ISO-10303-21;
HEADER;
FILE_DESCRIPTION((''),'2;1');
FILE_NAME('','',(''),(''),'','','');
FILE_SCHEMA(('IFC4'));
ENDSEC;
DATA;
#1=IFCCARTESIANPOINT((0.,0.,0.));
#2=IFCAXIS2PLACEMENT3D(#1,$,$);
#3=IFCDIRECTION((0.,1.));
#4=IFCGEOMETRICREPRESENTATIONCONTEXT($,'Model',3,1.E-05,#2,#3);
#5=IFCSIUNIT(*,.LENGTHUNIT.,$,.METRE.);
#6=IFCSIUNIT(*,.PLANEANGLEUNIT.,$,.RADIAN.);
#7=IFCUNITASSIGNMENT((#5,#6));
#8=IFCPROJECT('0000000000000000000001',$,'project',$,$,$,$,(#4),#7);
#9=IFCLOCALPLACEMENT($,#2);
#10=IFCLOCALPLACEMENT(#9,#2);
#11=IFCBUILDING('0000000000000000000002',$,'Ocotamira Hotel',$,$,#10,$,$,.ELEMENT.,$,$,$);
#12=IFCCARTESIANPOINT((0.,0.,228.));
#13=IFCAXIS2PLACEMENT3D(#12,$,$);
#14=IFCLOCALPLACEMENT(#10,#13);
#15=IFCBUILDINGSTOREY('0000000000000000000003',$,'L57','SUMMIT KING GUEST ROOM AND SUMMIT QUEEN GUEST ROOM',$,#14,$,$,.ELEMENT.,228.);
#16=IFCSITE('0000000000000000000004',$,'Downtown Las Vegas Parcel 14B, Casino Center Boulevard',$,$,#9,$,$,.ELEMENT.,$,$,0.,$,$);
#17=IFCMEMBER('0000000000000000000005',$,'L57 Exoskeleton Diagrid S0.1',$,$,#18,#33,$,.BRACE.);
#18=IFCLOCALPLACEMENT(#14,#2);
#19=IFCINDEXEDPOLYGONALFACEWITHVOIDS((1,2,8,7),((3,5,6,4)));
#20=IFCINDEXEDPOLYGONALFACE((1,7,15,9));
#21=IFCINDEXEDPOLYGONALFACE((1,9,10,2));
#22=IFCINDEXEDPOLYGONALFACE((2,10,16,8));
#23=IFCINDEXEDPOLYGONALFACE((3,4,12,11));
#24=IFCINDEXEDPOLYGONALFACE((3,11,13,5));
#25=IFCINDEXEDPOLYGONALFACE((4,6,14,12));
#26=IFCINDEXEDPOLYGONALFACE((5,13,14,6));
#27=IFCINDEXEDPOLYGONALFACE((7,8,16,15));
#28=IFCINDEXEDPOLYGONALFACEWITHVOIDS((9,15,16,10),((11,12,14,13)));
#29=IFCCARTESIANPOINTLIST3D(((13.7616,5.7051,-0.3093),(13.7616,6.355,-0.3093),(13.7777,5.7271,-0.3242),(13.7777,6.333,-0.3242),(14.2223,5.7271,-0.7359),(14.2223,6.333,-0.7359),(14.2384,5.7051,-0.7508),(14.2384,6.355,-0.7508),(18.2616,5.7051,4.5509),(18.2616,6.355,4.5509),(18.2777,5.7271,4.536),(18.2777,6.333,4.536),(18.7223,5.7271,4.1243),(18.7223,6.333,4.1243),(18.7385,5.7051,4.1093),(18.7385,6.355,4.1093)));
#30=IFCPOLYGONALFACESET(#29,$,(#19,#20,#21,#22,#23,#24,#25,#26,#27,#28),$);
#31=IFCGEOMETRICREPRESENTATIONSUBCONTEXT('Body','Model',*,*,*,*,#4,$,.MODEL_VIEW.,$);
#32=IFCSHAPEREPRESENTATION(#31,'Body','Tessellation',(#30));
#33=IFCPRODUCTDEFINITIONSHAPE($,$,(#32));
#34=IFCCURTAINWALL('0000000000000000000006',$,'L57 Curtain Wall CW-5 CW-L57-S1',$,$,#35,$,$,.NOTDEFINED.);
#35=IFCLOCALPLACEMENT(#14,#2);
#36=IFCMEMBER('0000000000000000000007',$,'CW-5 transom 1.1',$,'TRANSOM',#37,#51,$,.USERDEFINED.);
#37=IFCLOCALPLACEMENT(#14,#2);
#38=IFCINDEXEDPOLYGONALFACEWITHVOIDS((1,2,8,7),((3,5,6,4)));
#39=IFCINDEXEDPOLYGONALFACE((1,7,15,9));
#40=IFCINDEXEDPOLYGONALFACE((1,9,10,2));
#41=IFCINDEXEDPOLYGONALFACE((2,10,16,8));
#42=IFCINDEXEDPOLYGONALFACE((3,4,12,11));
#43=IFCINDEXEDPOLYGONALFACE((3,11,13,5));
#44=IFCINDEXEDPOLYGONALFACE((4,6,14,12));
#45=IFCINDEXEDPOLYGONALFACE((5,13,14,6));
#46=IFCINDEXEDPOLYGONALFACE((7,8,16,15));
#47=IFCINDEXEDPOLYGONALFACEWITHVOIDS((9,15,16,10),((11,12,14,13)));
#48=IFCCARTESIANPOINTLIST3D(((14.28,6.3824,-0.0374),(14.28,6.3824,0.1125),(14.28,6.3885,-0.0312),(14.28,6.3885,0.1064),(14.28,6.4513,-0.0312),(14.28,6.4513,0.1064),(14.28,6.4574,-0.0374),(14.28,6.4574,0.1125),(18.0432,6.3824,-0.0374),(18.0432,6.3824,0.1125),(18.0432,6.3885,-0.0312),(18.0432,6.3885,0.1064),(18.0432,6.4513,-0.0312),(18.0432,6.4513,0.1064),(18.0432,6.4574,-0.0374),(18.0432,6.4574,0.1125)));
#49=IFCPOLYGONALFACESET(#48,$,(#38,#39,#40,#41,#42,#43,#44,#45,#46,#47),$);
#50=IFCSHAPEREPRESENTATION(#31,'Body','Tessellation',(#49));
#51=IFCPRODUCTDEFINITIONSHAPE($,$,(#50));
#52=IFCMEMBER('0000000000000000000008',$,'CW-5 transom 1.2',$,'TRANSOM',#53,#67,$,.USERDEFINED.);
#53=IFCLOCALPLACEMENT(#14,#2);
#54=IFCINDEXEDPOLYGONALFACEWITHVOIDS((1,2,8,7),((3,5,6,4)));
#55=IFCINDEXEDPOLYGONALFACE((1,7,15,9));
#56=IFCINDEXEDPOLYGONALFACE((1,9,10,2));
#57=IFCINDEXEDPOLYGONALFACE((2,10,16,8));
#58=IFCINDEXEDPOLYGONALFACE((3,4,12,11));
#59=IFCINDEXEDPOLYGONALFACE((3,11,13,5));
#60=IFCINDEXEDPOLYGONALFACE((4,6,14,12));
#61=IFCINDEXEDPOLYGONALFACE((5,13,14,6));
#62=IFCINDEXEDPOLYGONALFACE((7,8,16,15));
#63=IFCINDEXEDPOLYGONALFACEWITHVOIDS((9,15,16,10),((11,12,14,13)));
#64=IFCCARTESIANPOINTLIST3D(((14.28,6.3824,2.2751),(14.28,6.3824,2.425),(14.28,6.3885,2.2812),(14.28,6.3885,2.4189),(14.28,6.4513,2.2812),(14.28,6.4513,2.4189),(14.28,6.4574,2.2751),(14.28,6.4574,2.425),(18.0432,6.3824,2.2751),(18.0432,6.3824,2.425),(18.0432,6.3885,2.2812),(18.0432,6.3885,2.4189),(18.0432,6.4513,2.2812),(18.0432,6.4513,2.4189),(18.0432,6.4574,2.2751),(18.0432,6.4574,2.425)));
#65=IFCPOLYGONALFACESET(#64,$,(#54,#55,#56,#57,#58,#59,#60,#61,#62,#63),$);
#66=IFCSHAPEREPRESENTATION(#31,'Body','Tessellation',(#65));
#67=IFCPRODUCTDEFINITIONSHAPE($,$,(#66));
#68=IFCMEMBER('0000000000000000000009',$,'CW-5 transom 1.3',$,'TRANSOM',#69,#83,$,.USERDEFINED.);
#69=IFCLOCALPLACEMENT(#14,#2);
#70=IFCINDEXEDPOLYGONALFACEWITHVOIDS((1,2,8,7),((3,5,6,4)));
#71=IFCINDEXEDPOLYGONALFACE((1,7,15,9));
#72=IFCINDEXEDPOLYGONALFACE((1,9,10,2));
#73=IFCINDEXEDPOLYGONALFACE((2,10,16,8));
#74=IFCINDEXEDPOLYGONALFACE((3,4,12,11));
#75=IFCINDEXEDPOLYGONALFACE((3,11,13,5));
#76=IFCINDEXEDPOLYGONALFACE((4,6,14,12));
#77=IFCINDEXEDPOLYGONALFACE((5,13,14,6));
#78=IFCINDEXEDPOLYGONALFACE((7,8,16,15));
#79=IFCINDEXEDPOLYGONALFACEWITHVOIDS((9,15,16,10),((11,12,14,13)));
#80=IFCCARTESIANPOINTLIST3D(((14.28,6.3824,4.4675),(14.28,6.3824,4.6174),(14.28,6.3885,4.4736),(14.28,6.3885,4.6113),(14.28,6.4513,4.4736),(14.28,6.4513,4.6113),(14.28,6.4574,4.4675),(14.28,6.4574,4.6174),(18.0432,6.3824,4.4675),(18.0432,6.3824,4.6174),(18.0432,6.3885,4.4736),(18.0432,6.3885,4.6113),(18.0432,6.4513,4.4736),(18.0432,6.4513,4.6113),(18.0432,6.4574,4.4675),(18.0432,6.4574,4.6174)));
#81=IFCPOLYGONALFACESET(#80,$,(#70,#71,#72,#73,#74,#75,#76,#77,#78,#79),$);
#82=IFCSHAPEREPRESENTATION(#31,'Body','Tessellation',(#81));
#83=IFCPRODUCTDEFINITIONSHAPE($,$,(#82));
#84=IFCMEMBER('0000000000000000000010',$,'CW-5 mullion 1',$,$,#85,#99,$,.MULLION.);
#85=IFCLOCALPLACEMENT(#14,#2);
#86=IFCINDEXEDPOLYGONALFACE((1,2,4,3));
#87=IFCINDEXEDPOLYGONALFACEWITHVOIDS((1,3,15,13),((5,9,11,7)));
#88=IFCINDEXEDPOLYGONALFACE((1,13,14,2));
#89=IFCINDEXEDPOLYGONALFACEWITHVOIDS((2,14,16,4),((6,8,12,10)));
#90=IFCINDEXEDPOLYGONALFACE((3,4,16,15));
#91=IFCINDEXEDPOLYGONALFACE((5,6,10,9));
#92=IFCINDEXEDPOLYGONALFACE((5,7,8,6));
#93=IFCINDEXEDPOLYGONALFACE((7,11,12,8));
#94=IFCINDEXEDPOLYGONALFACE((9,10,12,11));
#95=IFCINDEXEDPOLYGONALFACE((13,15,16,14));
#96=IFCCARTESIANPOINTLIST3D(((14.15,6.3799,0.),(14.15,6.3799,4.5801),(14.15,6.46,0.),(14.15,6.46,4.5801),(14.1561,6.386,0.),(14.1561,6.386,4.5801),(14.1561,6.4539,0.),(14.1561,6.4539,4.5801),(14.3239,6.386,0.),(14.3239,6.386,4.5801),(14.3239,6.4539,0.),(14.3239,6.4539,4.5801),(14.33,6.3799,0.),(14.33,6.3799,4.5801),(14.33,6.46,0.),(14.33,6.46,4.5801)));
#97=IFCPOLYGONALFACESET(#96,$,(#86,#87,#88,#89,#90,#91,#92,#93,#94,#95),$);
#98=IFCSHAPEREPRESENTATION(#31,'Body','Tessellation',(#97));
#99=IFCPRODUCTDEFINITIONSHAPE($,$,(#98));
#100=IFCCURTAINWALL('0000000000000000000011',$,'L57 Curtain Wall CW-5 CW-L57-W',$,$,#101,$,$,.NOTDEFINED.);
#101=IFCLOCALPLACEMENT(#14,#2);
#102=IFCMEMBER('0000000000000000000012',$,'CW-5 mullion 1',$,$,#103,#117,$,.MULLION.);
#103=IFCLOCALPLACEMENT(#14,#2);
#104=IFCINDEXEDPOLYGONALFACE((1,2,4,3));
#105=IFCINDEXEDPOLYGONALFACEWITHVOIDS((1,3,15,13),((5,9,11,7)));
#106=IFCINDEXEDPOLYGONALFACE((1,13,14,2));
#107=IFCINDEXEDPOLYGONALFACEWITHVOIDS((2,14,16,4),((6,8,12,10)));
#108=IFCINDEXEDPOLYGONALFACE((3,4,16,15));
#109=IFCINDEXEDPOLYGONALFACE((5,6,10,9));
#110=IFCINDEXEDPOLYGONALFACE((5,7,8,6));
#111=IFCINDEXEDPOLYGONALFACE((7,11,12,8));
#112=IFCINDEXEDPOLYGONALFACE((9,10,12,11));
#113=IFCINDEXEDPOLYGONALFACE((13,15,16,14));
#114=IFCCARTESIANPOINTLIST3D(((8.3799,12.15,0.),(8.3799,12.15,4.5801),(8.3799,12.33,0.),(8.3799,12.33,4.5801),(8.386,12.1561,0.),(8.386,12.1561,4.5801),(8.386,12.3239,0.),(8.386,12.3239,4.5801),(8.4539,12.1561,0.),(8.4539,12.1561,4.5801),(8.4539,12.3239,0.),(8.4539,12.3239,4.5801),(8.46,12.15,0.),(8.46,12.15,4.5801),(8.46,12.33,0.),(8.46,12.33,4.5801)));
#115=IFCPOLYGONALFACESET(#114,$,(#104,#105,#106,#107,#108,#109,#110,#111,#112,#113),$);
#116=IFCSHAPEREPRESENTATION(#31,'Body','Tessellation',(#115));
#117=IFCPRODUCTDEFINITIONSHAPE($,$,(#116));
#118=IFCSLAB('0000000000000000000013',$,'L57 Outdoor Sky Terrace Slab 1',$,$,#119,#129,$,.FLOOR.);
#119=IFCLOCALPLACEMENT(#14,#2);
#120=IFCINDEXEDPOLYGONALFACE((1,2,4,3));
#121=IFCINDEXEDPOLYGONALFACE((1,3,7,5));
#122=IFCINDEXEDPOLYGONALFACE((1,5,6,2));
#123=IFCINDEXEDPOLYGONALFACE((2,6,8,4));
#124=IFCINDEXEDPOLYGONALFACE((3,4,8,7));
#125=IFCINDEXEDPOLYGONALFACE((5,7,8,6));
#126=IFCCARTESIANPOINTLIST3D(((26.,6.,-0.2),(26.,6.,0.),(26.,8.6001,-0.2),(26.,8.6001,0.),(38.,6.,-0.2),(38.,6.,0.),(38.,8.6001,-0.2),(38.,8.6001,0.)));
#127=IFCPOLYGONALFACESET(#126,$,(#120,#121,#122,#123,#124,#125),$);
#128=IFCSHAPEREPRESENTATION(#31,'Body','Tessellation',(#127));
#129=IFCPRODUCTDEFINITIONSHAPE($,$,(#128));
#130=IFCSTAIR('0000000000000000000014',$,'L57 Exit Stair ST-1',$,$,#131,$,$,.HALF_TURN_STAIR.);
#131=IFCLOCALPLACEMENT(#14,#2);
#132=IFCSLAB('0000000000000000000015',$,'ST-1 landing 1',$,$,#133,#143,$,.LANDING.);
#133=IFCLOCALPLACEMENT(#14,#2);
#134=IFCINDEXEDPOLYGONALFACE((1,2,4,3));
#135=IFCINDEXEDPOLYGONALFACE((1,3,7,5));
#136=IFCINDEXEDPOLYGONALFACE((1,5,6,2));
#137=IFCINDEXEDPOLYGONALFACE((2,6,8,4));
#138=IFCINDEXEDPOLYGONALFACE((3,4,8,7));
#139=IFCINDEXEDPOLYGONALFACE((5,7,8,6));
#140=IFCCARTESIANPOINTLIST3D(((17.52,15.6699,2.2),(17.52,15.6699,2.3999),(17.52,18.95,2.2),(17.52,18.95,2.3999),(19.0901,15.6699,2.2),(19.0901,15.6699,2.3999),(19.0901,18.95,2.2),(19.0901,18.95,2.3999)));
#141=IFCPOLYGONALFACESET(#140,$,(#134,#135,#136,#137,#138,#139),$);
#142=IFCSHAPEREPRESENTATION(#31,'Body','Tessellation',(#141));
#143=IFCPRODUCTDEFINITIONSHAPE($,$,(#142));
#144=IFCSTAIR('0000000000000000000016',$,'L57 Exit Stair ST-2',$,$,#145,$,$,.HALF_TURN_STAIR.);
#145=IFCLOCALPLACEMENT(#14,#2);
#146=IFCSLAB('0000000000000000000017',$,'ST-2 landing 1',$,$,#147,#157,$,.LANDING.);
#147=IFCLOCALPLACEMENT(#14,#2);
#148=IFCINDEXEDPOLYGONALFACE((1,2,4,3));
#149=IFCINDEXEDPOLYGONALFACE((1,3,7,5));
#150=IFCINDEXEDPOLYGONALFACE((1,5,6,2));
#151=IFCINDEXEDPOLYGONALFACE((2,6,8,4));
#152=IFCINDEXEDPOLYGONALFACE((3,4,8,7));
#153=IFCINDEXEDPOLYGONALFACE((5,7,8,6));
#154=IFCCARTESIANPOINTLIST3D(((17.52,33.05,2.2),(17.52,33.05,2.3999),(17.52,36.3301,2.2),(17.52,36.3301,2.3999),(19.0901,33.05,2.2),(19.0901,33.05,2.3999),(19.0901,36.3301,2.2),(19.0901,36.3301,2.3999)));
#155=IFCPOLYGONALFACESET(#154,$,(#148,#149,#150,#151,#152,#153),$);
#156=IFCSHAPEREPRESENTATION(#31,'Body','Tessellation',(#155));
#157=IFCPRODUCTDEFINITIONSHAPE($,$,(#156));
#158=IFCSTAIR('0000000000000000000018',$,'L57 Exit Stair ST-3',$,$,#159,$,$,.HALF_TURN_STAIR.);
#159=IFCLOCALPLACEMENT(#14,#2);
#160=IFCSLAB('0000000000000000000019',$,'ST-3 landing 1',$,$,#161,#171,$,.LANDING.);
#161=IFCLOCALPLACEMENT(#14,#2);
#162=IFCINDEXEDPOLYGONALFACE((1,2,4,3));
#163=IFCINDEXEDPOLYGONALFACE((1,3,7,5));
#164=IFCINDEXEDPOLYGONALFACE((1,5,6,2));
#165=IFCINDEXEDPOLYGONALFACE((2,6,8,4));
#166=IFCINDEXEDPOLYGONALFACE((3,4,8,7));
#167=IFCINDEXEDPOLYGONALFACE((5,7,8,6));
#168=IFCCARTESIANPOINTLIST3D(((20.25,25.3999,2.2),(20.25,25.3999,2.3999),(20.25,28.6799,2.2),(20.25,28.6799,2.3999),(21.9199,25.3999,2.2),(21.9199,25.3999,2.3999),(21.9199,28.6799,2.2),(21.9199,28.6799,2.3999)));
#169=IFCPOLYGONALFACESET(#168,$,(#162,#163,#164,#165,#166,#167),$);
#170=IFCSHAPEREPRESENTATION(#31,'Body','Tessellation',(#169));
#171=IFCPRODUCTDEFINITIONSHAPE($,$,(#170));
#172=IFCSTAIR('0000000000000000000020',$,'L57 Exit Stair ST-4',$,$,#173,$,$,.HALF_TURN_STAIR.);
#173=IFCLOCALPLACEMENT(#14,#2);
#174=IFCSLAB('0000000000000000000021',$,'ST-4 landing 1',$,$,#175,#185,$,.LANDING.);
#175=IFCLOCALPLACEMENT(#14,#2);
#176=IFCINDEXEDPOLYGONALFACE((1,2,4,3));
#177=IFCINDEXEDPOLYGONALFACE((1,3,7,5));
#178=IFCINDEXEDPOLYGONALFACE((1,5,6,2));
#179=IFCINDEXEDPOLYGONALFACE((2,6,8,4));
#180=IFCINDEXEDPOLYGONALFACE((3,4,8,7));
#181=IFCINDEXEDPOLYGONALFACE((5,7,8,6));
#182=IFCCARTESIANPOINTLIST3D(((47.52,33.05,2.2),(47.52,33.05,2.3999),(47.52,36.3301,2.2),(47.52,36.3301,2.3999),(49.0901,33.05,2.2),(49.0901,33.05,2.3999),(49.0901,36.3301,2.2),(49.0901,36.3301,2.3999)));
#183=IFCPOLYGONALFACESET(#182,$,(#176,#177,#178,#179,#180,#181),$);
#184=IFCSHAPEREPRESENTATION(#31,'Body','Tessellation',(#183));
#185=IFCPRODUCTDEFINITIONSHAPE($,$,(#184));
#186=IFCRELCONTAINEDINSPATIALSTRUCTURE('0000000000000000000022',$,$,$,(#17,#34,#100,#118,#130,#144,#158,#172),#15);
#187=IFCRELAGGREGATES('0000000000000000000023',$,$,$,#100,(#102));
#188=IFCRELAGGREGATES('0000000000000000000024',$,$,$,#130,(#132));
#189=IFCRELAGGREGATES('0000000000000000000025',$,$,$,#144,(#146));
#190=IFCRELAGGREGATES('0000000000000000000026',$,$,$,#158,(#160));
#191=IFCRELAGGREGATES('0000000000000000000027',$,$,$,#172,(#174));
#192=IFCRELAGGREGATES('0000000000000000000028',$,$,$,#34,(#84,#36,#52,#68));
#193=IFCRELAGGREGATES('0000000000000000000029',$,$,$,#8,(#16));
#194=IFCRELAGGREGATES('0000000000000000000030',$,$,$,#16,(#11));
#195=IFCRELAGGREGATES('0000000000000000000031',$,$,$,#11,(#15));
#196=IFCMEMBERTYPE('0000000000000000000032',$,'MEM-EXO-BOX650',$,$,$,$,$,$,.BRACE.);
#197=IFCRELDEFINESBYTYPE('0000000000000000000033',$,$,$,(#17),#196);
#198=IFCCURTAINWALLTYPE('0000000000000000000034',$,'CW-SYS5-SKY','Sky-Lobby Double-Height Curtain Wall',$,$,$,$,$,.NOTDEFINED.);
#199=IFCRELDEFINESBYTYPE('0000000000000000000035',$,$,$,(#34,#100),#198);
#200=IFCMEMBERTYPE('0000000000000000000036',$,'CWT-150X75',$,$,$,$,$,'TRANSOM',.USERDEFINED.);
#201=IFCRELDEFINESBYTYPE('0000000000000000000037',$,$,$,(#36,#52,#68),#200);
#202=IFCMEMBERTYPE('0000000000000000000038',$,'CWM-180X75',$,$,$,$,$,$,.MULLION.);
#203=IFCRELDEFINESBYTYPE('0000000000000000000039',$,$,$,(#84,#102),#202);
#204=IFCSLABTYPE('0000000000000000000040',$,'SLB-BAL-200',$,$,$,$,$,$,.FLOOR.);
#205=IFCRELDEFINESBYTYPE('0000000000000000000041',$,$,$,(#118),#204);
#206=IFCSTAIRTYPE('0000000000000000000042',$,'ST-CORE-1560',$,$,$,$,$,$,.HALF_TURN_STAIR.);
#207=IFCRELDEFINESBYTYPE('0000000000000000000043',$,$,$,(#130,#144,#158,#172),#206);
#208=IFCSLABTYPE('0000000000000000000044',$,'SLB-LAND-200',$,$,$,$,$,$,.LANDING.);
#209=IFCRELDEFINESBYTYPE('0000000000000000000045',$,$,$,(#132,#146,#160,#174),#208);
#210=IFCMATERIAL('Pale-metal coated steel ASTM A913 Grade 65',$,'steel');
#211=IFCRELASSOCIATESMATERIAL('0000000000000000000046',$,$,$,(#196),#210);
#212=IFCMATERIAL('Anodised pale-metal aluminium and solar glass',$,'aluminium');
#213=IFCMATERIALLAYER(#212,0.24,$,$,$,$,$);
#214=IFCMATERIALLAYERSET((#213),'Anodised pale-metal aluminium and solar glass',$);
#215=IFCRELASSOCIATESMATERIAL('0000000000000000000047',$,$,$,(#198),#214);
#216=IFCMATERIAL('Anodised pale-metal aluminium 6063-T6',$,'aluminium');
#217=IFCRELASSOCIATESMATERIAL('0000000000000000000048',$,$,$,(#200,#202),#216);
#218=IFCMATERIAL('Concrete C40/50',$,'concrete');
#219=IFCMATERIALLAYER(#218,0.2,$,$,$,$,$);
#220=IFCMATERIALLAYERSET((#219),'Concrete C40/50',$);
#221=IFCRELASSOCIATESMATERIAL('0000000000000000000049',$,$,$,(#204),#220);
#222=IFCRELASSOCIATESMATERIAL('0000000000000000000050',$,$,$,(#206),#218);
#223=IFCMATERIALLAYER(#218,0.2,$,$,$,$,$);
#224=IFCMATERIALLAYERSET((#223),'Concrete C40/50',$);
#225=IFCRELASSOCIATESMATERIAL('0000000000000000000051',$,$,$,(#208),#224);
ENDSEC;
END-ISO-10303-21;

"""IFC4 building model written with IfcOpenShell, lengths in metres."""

from ifc_helpers import new_model, si_unit, direction, frame, origin, origin_2d, place, context, subcontext, project, spatial, polyline, hollow_rectangle, outline, extrude, source, transform, mapped, material, layer, layer_set, material_profile, profile_set, type_object, element, aggregate, save


model = new_model("IFC4")

# Units and contexts
model_context = context("Model", 3, precision=1e-05, world=origin(), true_north=direction((0.0, 1.0)))
body_context = subcontext(model_context, "Body", "Model", "MODEL_VIEW")
ifc_project = project(units=[si_unit("LENGTHUNIT", "METRE"), si_unit("PLANEANGLEUNIT", "RADIAN")], contexts=[model_context])

# Site, building, storey
site_placement = place(None, origin())
site = spatial("IfcSite", under=ifc_project, at=site_placement, Name="Downtown Las Vegas Parcel 14B, Casino Center Boulevard", CompositionType="ELEMENT", RefElevation=0.0)
building_placement = place(site_placement, origin())
building = spatial("IfcBuilding", under=site, at=building_placement, Name="Ocotamira Hotel", CompositionType="ELEMENT")
storey_placement = place(building_placement, frame((0.0, 0.0, 228.0)))
storey = spatial("IfcBuildingStorey", under=building, at=storey_placement, Name="L57", Description="SUMMIT KING GUEST ROOM AND SUMMIT QUEEN GUEST ROOM", CompositionType="ELEMENT", Elevation=228.0)

# Member
ifc_material_1 = material(Name="Pale-metal coated steel ASTM A913 Grade 65", Category="steel")
ifc_material_profile_1 = material_profile(ifc_material_1, hollow_rectangle(XDim=0.6499, YDim=0.6499, WallThickness=0.022, at=origin_2d()), Name="BOX650X650X22")
ifc_profile_set_1 = profile_set([ifc_material_profile_1], Name="Pale-metal coated steel ASTM A913 Grade 65")
member_type_1 = type_object("IfcMemberType", Name="MEM-EXO-BOX650", PredefinedType="BRACE", material=ifc_profile_set_1)
shared_shape_1 = source(origin(), body_context, "Body", "SweptSolid", [
    extrude(hollow_rectangle(XDim=0.6499, YDim=0.6499, WallThickness=0.022, at=origin_2d()), origin(), (0.0, 0.0, 1.0), 6.6235),
])
member_1_placement = place(storey_placement, frame((14.0, 6.03, -0.53), z_axis=(0.6794, 0.0, 0.733768), x_axis=(0.0, 1.0, 0.0)))
element("IfcMember", 1, at=member_1_placement, inside=storey, type_object=member_type_1, Name="L57 Exoskeleton Diagrid S0.1", PredefinedType="BRACE", context=body_context, shape_type="MappedRepresentation", body=[
    mapped(shared_shape_1, transform((0.0, 0.0, 0.0), scale=1.0)),
])

# Curtain wall, members
ifc_material_2 = material(Name="Anodised pale-metal aluminium and solar glass", Category="aluminium")
ifc_layer_1 = layer(ifc_material_2, 0.24)
ifc_layer_set_1 = layer_set([ifc_layer_1], Name="Anodised pale-metal aluminium and solar glass")
curtain_wall_type = type_object("IfcCurtainWallType", Name="CW-SYS5-SKY", Description="Sky-Lobby Double-Height Curtain Wall", PredefinedType="NOTDEFINED", material=ifc_layer_set_1)
curtain_wall_1_placement = place(storey_placement, origin())
curtain_wall_1 = element("IfcCurtainWall", 2, at=curtain_wall_1_placement, inside=storey, type_object=curtain_wall_type, Name="L57 Curtain Wall CW-5 CW-L57-S1", PredefinedType="NOTDEFINED")
ifc_material_3 = material(Name="Anodised pale-metal aluminium 6063-T6", Category="aluminium")
ifc_material_profile_2 = material_profile(ifc_material_3, hollow_rectangle(XDim=0.075, YDim=0.1499, WallThickness=0.0061, at=origin_2d()), Name="HSS150X75X6")
ifc_profile_set_2 = profile_set([ifc_material_profile_2], Name="Anodised pale-metal aluminium 6063-T6")
member_type_2 = type_object("IfcMemberType", Name="CWT-150X75", ElementType="TRANSOM", PredefinedType="USERDEFINED", material=ifc_profile_set_2)
shared_shape_2 = source(origin(), body_context, "Body", "SweptSolid", [
    extrude(hollow_rectangle(XDim=0.075, YDim=0.1499, WallThickness=0.0061, at=origin_2d()), origin(), (0.0, 0.0, 1.0), 3.7632),
])
member_2_placement = place(storey_placement, frame((14.28, 6.4199, 0.0376), z_axis=(1.0, 0.0, 0.0), x_axis=(0.0, 1.0, 0.0)))
member_2 = element("IfcMember", 3, at=member_2_placement, type_object=member_type_2, Name="CW-5 transom 1.1", ObjectType="TRANSOM", PredefinedType="USERDEFINED", context=body_context, shape_type="MappedRepresentation", body=[
    mapped(shared_shape_2, transform((0.0, 0.0, 0.0), scale=1.0)),
])
member_3_placement = place(storey_placement, frame((14.28, 6.4199, 2.3501), z_axis=(1.0, 0.0, 0.0), x_axis=(0.0, 1.0, 0.0)))
member_3 = element("IfcMember", 4, at=member_3_placement, type_object=member_type_2, Name="CW-5 transom 1.2", ObjectType="TRANSOM", PredefinedType="USERDEFINED", context=body_context, shape_type="MappedRepresentation", body=[
    mapped(shared_shape_2, transform((0.0, 0.0, 0.0), scale=1.0)),
])
member_4_placement = place(storey_placement, frame((14.28, 6.4199, 4.5425), z_axis=(1.0, 0.0, 0.0), x_axis=(0.0, 1.0, 0.0)))
member_4 = element("IfcMember", 5, at=member_4_placement, type_object=member_type_2, Name="CW-5 transom 1.3", ObjectType="TRANSOM", PredefinedType="USERDEFINED", context=body_context, shape_type="MappedRepresentation", body=[
    mapped(shared_shape_2, transform((0.0, 0.0, 0.0), scale=1.0)),
])
ifc_material_profile_3 = material_profile(ifc_material_3, hollow_rectangle(XDim=0.0801, YDim=0.1799, WallThickness=0.0061, at=origin_2d()), Name="HSS180X80X6")
ifc_profile_set_3 = profile_set([ifc_material_profile_3], Name="Anodised pale-metal aluminium 6063-T6")
member_type_3 = type_object("IfcMemberType", Name="CWM-180X75", PredefinedType="MULLION", material=ifc_profile_set_3)
shared_shape_3 = source(origin(), body_context, "Body", "SweptSolid", [
    extrude(hollow_rectangle(XDim=0.0801, YDim=0.1799, WallThickness=0.0061, at=origin_2d()), origin(), (0.0, 0.0, 1.0), 4.5801),
])
member_5_placement = place(storey_placement, frame((14.24, 6.4199, 0.0), z_axis=(0.0, 0.0, 1.0), x_axis=(0.0, 1.0, 0.0)))
member_5 = element("IfcMember", 6, at=member_5_placement, type_object=member_type_3, Name="CW-5 mullion 1", PredefinedType="MULLION", context=body_context, shape_type="MappedRepresentation", body=[
    mapped(shared_shape_3, transform((0.0, 0.0, 0.0), scale=1.0)),
])

# Curtain wall, member
curtain_wall_2_placement = place(storey_placement, origin())
curtain_wall_2 = element("IfcCurtainWall", 7, at=curtain_wall_2_placement, inside=storey, type_object=curtain_wall_type, Name="L57 Curtain Wall CW-5 CW-L57-W", PredefinedType="NOTDEFINED")
member_6_placement = place(storey_placement, frame((8.4199, 12.24, 0.0), z_axis=(0.0, 0.0, 1.0), x_axis=(-1.0, 0.0, 0.0)))
member_6 = element("IfcMember", 8, at=member_6_placement, type_object=member_type_3, Name="CW-5 mullion 1", PredefinedType="MULLION", context=body_context, shape_type="MappedRepresentation", body=[
    mapped(shared_shape_3, transform((0.0, 0.0, 0.0), scale=1.0)),
])
aggregate(curtain_wall_2, [member_6])

# Slab
ifc_material_4 = material(Name="Concrete C40/50", Category="concrete")
ifc_layer_2 = layer(ifc_material_4, 0.2)
ifc_layer_set_2 = layer_set([ifc_layer_2], Name="Concrete C40/50")
slab_type_1 = type_object("IfcSlabType", Name="SLB-BAL-200", PredefinedType="FLOOR", material=ifc_layer_set_2)
slab_1_placement = place(storey_placement, frame((0.0, 0.0, -0.2)))
element("IfcSlab", 9, at=slab_1_placement, inside=storey, type_object=slab_type_1, Name="L57 Outdoor Sky Terrace Slab 1", PredefinedType="FLOOR", context=body_context, shape_type="SweptSolid", body=[
    extrude(outline(polyline([(26.0, 6.0), (38.0, 6.0), (38.0, 8.6001), (26.0, 8.6001), (26.0, 6.0)])), origin(), (0.0, 0.0, 1.0), 0.2),
])

# Stairs, slabs
stair_type = type_object("IfcStairType", Name="ST-CORE-1560", PredefinedType="HALF_TURN_STAIR", material=ifc_material_4)
stair_1_placement = place(storey_placement, origin())
stair_1 = element("IfcStair", 10, at=stair_1_placement, inside=storey, type_object=stair_type, Name="L57 Exit Stair ST-1", PredefinedType="HALF_TURN_STAIR")
ifc_layer_3 = layer(ifc_material_4, 0.2)
ifc_layer_set_3 = layer_set([ifc_layer_3], Name="Concrete C40/50")
slab_type_2 = type_object("IfcSlabType", Name="SLB-LAND-200", PredefinedType="LANDING", material=ifc_layer_set_3)
slab_2_placement = place(storey_placement, frame((0.0, 0.0, 2.2)))
slab_2 = element("IfcSlab", 11, at=slab_2_placement, type_object=slab_type_2, Name="ST-1 landing 1", PredefinedType="LANDING", context=body_context, shape_type="SweptSolid", body=[
    extrude(outline(polyline([(17.52, 15.6699), (19.0901, 15.6699), (19.0901, 18.95), (17.52, 18.95), (17.52, 15.6699)])), origin(), (0.0, 0.0, 1.0), 0.2),
])
aggregate(stair_1, [slab_2])
stair_2_placement = place(storey_placement, origin())
stair_2 = element("IfcStair", 12, at=stair_2_placement, inside=storey, type_object=stair_type, Name="L57 Exit Stair ST-2", PredefinedType="HALF_TURN_STAIR")
slab_3_placement = place(storey_placement, frame((0.0, 0.0, 2.2)))
slab_3 = element("IfcSlab", 13, at=slab_3_placement, type_object=slab_type_2, Name="ST-2 landing 1", PredefinedType="LANDING", context=body_context, shape_type="SweptSolid", body=[
    extrude(outline(polyline([(17.52, 33.05), (19.0901, 33.05), (19.0901, 36.3301), (17.52, 36.3301), (17.52, 33.05)])), origin(), (0.0, 0.0, 1.0), 0.2),
])
aggregate(stair_2, [slab_3])
stair_3_placement = place(storey_placement, origin())
stair_3 = element("IfcStair", 14, at=stair_3_placement, inside=storey, type_object=stair_type, Name="L57 Exit Stair ST-3", PredefinedType="HALF_TURN_STAIR")
slab_4_placement = place(storey_placement, frame((0.0, 0.0, 2.2)))
slab_4 = element("IfcSlab", 15, at=slab_4_placement, type_object=slab_type_2, Name="ST-3 landing 1", PredefinedType="LANDING", context=body_context, shape_type="SweptSolid", body=[
    extrude(outline(polyline([(20.25, 25.3999), (21.9199, 25.3999), (21.9199, 28.6799), (20.25, 28.6799), (20.25, 25.3999)])), origin(), (0.0, 0.0, 1.0), 0.2),
])
aggregate(stair_3, [slab_4])
stair_4_placement = place(storey_placement, origin())
stair_4 = element("IfcStair", 16, at=stair_4_placement, inside=storey, type_object=stair_type, Name="L57 Exit Stair ST-4", PredefinedType="HALF_TURN_STAIR")
slab_5_placement = place(storey_placement, frame((0.0, 0.0, 2.2)))
slab_5 = element("IfcSlab", 17, at=slab_5_placement, type_object=slab_type_2, Name="ST-4 landing 1", PredefinedType="LANDING", context=body_context, shape_type="SweptSolid", body=[
    extrude(outline(polyline([(47.52, 33.05), (49.0901, 33.05), (49.0901, 36.3301), (47.52, 36.3301), (47.52, 33.05)])), origin(), (0.0, 0.0, 1.0), 0.2),
])
aggregate(stair_4, [slab_5])

aggregate(curtain_wall_1, [member_5, member_2, member_3, member_4])

save(model, "model.ifc")
